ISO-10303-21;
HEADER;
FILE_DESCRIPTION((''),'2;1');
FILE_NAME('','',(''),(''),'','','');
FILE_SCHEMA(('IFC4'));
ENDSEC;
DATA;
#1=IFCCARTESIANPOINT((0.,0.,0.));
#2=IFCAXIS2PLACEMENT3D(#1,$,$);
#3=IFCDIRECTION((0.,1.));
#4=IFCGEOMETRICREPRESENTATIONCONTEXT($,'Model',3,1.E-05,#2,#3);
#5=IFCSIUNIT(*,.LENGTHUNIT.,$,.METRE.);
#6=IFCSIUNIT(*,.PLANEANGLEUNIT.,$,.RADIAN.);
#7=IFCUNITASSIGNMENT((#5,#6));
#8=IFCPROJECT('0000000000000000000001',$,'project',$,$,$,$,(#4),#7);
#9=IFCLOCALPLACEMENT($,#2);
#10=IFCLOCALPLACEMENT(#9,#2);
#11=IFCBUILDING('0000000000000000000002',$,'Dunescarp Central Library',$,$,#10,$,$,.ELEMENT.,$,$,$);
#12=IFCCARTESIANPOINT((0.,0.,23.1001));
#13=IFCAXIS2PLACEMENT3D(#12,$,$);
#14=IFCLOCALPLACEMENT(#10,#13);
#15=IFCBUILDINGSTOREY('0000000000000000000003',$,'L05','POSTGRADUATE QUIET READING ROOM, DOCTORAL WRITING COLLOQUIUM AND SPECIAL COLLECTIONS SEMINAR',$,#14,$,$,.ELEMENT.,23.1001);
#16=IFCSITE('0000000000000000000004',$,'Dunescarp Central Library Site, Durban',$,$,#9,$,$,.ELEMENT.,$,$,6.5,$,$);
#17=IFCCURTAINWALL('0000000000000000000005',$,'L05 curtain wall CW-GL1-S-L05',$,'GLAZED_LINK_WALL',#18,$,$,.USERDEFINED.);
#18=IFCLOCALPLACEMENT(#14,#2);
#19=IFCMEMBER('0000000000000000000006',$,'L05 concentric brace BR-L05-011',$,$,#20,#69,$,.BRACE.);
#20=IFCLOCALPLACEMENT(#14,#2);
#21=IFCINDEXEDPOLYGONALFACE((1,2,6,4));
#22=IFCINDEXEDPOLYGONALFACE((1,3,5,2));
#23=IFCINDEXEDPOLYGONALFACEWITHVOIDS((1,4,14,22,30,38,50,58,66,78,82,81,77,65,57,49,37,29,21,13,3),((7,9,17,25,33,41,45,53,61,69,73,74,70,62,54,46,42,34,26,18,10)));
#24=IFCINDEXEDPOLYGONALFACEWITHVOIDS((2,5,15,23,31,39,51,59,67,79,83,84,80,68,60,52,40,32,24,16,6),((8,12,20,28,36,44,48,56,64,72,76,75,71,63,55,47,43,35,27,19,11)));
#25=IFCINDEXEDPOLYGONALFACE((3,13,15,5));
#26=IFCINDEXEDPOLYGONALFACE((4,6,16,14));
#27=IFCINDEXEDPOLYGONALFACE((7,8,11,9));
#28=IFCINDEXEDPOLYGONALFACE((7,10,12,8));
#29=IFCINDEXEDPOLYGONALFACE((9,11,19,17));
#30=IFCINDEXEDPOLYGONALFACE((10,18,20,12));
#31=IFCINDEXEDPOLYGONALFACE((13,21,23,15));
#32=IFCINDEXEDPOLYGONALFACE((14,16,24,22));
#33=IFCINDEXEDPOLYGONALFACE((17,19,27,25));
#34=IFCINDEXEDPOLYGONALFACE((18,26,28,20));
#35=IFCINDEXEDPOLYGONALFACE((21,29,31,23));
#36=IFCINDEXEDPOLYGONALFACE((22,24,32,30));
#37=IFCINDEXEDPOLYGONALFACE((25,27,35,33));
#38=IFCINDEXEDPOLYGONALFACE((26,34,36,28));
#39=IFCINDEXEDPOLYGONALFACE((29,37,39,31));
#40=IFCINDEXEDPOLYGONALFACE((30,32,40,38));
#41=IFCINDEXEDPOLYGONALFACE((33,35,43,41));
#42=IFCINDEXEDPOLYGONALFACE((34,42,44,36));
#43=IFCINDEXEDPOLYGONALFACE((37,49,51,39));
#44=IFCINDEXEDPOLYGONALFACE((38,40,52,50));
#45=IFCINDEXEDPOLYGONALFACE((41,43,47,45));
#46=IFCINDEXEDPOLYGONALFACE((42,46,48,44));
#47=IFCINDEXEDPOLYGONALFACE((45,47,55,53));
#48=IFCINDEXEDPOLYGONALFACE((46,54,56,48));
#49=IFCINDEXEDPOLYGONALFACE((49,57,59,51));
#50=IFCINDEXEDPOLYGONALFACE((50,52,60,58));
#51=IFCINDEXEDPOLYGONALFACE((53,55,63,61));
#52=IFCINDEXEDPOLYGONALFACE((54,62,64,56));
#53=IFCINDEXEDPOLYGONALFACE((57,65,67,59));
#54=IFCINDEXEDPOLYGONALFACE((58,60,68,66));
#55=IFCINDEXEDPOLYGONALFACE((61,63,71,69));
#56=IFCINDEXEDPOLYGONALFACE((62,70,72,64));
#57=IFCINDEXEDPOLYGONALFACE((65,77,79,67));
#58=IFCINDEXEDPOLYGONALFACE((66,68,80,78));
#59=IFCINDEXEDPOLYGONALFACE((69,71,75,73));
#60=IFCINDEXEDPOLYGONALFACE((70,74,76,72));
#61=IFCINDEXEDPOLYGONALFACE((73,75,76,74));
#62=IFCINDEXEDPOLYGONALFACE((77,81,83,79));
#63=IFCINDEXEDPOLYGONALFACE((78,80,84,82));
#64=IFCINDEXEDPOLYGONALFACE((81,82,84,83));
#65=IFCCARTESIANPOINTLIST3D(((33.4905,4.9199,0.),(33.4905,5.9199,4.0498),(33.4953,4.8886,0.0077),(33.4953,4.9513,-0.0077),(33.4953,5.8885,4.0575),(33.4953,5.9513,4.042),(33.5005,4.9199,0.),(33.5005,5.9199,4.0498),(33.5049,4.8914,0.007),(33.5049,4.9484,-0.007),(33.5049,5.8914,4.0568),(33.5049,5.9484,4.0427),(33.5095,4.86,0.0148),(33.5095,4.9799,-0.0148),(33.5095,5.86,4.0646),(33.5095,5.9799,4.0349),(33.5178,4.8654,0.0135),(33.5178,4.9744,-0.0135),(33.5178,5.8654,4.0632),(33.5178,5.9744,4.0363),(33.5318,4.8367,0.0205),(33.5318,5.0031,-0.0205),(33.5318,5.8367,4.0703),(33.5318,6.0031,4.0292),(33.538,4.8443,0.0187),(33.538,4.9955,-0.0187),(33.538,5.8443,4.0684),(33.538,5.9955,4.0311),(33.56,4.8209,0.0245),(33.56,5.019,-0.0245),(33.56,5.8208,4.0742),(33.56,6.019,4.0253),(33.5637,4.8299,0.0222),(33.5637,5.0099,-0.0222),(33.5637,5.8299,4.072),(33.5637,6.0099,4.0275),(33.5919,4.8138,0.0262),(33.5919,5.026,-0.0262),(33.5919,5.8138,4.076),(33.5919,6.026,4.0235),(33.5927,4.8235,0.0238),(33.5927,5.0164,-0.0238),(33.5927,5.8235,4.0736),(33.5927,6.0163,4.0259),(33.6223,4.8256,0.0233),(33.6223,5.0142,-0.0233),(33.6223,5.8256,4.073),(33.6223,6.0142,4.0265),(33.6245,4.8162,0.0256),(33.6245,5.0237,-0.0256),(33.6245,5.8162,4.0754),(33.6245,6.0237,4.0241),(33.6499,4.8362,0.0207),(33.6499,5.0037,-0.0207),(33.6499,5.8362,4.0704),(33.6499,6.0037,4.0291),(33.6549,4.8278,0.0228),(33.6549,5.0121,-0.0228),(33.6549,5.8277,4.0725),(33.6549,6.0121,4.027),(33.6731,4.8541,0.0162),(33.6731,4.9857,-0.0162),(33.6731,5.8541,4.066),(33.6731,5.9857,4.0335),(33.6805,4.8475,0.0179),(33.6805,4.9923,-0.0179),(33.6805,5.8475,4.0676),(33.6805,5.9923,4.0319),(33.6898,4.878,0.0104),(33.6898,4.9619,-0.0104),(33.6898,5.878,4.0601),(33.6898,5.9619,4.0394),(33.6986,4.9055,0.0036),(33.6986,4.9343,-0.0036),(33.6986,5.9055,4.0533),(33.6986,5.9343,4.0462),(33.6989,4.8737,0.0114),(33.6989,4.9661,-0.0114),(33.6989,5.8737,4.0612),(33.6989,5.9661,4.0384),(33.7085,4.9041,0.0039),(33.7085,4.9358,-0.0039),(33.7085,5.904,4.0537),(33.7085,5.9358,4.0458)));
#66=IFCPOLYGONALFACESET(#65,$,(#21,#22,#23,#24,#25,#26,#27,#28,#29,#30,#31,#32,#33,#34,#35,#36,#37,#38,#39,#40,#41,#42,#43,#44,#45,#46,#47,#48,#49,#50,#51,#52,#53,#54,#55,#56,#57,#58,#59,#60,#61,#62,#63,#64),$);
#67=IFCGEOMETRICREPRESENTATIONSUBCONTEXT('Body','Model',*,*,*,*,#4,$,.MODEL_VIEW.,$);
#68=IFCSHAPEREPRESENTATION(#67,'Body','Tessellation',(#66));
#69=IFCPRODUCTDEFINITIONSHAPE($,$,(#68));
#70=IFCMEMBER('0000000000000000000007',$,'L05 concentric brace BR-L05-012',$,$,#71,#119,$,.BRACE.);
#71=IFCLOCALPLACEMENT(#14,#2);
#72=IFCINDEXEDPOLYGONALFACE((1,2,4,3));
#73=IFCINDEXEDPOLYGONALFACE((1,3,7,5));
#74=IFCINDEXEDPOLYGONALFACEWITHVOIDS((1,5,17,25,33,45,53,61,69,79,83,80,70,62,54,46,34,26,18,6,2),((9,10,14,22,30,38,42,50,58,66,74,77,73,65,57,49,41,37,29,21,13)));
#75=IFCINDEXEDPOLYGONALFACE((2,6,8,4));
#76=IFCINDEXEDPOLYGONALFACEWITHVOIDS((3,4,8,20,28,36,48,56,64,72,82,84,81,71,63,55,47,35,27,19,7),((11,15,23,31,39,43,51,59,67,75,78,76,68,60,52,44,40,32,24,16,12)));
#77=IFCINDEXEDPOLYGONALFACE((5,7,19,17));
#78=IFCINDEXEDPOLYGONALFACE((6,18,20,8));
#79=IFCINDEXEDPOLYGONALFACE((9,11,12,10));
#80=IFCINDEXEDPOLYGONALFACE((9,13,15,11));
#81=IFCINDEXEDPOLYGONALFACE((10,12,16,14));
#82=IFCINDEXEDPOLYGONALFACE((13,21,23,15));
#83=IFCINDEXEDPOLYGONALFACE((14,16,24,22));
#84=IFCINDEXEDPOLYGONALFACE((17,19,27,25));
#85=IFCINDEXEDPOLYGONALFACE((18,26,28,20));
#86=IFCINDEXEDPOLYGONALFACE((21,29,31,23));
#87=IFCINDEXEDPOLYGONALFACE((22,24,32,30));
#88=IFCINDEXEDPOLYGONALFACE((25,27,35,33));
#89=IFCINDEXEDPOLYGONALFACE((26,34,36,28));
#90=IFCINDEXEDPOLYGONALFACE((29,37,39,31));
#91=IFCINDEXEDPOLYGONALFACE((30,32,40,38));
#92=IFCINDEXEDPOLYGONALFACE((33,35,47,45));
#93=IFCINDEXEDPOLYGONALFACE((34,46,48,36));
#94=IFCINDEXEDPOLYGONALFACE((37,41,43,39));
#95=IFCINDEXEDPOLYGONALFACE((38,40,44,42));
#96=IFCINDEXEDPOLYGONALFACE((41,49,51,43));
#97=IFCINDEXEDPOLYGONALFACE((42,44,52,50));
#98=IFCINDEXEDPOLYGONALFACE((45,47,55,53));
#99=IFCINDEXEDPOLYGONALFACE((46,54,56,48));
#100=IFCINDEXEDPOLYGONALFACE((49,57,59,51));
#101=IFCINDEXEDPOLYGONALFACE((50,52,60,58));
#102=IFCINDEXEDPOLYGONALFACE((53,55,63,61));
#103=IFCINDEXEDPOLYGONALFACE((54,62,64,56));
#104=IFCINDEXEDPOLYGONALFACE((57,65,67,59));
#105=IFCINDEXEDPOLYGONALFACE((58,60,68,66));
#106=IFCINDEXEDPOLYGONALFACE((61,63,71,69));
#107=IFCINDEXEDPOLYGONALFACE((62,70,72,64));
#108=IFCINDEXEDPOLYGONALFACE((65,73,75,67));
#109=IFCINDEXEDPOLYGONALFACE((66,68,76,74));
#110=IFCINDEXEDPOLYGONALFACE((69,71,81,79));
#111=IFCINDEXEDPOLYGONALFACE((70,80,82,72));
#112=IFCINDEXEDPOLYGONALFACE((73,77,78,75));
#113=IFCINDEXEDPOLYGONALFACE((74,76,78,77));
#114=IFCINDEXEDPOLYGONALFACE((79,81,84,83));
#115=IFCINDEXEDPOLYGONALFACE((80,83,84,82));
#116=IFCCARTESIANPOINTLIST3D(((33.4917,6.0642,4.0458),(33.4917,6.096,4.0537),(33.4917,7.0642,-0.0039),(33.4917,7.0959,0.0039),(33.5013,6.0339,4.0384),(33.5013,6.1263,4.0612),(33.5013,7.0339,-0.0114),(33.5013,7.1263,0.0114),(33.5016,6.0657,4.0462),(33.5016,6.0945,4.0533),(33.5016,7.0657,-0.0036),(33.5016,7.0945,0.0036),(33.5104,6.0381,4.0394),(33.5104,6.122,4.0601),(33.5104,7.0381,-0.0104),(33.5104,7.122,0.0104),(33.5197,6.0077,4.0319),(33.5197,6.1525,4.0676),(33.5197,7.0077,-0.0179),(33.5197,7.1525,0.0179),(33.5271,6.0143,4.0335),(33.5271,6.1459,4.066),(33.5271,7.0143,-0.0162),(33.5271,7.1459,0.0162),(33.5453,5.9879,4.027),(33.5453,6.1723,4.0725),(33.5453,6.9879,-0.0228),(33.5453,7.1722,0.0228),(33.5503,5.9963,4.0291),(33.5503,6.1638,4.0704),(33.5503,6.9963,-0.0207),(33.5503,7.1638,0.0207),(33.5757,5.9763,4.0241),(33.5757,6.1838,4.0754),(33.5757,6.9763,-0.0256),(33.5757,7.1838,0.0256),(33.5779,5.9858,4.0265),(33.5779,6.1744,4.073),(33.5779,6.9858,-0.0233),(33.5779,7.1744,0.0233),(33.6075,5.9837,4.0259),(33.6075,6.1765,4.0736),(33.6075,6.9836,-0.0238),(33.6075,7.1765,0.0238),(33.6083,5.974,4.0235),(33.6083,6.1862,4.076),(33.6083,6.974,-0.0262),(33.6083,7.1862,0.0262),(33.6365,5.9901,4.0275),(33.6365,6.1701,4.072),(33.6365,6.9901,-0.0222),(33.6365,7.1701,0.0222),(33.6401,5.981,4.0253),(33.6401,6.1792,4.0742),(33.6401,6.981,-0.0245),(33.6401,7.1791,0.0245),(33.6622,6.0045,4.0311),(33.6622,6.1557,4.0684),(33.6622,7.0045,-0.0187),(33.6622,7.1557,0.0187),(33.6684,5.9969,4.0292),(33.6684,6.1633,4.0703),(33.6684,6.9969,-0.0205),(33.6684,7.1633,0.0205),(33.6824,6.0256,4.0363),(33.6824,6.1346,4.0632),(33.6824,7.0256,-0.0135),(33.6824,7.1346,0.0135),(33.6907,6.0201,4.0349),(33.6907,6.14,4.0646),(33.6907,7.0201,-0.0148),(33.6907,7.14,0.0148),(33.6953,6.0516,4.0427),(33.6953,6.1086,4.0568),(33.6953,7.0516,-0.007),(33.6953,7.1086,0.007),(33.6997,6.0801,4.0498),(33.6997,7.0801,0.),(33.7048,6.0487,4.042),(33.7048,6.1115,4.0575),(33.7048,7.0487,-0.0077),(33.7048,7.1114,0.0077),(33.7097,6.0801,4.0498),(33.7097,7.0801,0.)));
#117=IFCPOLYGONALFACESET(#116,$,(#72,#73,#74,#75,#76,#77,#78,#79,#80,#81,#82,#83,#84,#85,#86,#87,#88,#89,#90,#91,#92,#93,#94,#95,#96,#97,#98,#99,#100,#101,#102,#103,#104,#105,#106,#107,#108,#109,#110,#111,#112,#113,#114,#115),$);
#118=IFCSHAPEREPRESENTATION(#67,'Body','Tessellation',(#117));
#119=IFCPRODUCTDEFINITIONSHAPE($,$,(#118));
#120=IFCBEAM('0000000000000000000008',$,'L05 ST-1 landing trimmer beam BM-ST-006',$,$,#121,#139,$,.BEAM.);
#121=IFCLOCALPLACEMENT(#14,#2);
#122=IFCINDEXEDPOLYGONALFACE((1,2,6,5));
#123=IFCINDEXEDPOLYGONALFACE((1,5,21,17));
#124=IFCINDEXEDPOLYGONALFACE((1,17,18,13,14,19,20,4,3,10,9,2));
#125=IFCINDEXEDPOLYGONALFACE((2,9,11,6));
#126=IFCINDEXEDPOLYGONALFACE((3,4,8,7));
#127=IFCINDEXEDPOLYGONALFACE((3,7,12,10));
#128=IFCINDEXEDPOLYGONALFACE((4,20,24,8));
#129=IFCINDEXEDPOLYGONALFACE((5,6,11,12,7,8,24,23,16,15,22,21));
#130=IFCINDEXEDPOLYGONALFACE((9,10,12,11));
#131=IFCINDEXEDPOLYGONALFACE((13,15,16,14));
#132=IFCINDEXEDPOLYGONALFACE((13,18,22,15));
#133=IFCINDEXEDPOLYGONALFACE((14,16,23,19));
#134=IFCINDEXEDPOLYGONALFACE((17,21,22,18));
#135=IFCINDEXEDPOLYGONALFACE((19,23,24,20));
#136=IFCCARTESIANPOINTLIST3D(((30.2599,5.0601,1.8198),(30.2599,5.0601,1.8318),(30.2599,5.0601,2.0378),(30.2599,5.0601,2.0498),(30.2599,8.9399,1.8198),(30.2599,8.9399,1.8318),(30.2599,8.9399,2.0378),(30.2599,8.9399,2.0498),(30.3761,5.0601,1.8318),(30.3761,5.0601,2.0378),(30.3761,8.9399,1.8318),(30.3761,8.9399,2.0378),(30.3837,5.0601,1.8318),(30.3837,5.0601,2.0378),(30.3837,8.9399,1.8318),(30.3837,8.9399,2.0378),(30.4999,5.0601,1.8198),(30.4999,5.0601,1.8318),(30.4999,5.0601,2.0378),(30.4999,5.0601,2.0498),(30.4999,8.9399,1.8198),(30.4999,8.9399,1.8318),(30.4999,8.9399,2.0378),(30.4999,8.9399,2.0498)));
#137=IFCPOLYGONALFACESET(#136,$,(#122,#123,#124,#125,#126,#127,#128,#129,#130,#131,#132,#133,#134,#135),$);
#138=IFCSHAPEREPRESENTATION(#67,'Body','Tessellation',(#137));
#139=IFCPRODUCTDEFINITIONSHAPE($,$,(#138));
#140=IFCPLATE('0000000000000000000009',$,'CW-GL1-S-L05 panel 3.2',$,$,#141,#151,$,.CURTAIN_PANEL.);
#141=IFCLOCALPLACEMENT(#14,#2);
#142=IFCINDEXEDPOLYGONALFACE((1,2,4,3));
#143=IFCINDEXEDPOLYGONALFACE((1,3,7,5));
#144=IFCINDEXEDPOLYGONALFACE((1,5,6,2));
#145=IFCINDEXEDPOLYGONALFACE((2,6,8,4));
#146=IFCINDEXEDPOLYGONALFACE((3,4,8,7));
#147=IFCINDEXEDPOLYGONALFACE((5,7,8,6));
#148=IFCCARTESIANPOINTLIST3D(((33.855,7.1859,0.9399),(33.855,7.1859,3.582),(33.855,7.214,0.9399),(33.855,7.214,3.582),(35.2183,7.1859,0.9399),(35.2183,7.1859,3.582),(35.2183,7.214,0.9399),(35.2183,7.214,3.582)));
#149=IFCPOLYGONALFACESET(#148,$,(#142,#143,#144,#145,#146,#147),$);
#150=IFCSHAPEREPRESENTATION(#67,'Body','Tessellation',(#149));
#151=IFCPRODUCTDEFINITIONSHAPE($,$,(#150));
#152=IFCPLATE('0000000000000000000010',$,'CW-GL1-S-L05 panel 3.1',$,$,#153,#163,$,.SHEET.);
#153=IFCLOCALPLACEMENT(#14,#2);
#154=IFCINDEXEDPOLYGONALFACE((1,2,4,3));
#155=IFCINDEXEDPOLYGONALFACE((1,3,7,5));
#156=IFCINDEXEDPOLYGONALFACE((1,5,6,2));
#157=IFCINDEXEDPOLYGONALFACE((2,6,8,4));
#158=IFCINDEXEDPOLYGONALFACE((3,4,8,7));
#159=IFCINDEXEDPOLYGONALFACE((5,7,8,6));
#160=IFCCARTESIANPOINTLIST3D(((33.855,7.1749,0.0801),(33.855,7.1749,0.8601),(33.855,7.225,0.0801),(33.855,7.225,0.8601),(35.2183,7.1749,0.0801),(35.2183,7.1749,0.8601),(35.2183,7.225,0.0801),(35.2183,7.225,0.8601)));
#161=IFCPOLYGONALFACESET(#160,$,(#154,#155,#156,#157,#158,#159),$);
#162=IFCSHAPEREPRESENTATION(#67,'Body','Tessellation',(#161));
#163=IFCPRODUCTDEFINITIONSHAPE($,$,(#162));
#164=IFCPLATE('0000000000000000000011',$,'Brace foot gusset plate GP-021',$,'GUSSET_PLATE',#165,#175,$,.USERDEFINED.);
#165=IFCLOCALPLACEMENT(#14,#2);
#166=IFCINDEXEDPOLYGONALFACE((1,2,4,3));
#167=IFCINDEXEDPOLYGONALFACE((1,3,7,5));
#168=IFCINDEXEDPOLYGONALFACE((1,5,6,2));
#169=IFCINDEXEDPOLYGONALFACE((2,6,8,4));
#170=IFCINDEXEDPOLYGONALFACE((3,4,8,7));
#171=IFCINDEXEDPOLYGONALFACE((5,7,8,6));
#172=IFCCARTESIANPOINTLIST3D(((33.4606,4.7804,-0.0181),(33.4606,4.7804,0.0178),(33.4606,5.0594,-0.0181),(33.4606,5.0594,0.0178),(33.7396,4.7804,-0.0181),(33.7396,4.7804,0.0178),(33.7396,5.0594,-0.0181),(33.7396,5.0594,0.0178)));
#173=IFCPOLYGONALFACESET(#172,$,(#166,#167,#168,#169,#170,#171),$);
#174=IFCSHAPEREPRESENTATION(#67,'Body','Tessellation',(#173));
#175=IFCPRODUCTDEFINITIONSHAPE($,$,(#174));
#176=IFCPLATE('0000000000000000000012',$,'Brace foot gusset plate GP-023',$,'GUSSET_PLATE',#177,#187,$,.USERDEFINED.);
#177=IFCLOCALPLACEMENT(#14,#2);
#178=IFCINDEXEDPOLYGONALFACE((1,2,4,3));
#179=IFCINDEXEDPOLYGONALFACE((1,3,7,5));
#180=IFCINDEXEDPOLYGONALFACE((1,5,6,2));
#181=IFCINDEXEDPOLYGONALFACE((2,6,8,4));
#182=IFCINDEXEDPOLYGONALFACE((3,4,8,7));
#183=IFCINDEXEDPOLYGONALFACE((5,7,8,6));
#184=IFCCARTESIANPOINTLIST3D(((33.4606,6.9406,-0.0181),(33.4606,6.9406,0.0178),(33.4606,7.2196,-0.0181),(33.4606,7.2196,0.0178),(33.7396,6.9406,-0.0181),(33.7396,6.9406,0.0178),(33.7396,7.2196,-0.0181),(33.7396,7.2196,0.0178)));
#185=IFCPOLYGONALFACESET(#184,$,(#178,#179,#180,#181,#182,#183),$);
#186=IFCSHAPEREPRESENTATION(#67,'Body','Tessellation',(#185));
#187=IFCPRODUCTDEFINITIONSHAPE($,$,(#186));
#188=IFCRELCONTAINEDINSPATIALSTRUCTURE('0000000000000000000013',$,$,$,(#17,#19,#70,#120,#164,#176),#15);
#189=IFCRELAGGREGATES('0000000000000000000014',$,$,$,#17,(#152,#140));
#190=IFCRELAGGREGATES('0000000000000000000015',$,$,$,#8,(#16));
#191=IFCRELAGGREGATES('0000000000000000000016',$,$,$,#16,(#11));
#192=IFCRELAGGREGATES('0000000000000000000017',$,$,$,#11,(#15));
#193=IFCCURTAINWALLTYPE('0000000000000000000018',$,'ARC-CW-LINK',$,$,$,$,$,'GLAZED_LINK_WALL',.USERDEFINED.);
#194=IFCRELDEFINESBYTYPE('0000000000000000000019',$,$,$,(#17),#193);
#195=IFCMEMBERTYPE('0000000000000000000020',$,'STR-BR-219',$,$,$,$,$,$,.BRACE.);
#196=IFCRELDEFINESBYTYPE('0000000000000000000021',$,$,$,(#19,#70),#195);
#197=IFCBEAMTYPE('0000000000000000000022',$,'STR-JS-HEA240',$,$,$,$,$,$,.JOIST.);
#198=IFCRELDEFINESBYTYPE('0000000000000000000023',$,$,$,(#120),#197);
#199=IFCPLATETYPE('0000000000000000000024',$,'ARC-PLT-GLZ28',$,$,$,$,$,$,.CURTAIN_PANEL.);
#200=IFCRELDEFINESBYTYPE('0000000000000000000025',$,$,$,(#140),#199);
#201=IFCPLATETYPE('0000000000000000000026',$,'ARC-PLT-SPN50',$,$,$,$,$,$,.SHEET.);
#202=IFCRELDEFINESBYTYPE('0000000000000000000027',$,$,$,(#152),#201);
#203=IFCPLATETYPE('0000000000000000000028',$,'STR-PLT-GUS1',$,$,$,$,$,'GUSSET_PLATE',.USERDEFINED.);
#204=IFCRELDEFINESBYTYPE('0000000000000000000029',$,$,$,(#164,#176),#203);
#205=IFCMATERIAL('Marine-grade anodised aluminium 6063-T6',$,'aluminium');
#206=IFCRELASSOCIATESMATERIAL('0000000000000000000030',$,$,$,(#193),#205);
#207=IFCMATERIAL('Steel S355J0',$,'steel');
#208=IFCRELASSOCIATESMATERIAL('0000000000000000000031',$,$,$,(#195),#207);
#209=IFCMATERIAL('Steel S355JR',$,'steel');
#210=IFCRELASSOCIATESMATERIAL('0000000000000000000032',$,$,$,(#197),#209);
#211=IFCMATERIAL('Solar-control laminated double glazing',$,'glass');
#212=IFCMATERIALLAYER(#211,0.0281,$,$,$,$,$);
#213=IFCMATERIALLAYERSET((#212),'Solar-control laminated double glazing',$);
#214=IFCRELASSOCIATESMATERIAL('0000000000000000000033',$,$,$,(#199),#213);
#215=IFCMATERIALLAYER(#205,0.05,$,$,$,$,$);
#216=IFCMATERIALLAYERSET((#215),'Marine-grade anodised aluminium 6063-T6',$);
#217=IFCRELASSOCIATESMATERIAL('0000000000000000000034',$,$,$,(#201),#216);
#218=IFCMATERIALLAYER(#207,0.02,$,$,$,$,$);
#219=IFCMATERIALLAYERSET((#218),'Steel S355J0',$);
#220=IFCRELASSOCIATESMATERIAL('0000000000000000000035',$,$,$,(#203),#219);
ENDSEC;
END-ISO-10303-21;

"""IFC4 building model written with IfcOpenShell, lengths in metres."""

from ifc_helpers import new_model, si_unit, direction, frame, origin, origin_2d, place, context, subcontext, project, spatial, rectangle, hollow_circle, i_section, extrude, material, layer, layer_set, material_profile, profile_set, type_object, element, aggregate, save


model = new_model("IFC4")

# Units and contexts
model_context = context("Model", 3, precision=1e-05, world=origin(), true_north=direction((0.0, 1.0)))
body_context = subcontext(model_context, "Body", "Model", "MODEL_VIEW")
ifc_project = project(units=[si_unit("LENGTHUNIT", "METRE"), si_unit("PLANEANGLEUNIT", "RADIAN")], contexts=[model_context])

# Site, building, storey
site_placement = place(None, origin())
site = spatial("IfcSite", under=ifc_project, at=site_placement, Name="Dunescarp Central Library Site, Durban", CompositionType="ELEMENT", RefElevation=6.5)
building_placement = place(site_placement, origin())
building = spatial("IfcBuilding", under=site, at=building_placement, Name="Dunescarp Central Library", CompositionType="ELEMENT")
storey_placement = place(building_placement, frame((0.0, 0.0, 23.1001)))
storey = spatial("IfcBuildingStorey", under=building, at=storey_placement, Name="L05", Description="POSTGRADUATE QUIET READING ROOM, DOCTORAL WRITING COLLOQUIUM AND SPECIAL COLLECTIONS SEMINAR", CompositionType="ELEMENT", Elevation=23.1001)

# Shared definitions
ifc_material_1 = material(Name="Steel S355JR", Category="steel")

# Curtain wall
ifc_material_2 = material(Name="Marine-grade anodised aluminium 6063-T6", Category="aluminium")
curtain_wall_type = type_object("IfcCurtainWallType", Name="ARC-CW-LINK", ElementType="GLAZED_LINK_WALL", PredefinedType="USERDEFINED", material=ifc_material_2)
curtain_wall_placement = place(storey_placement, origin())
curtain_wall = element("IfcCurtainWall", 1, at=curtain_wall_placement, inside=storey, type_object=curtain_wall_type, Name="L05 curtain wall CW-GL1-S-L05", ObjectType="GLAZED_LINK_WALL", PredefinedType="USERDEFINED")

# Members
ifc_material_3 = material(Name="Steel S355J0", Category="steel")
ifc_material_profile_1 = material_profile(ifc_material_3, hollow_circle(Radius=0.1096, WallThickness=0.01, at=origin_2d()), Name="CHS 219.1x10")
ifc_profile_set_1 = profile_set([ifc_material_profile_1], Name="Steel S355J0")
member_type_1 = type_object("IfcMemberType", Name="STR-BR-219", PredefinedType="BRACE", material=ifc_profile_set_1)
for number, where, z_axis, x_axis, name in (
    (2, (33.6001, 4.9199, 0.0), (0.0, 0.239725, 0.970841), (-1.0, 0.0, 0.0), "L05 concentric brace BR-L05-011"),
    (3, (33.6001, 7.0801, 0.0), (0.0, -0.239725, 0.970841), (1.0, 0.0, 0.0), "L05 concentric brace BR-L05-012"),
):
    element("IfcMember", number, at=place(storey_placement, frame(where, z_axis=z_axis, x_axis=x_axis)), inside=storey, type_object=member_type_1, Name=name, PredefinedType="BRACE", context=body_context, shape_type="SweptSolid", body=[
        extrude(hollow_circle(Radius=0.1096, WallThickness=0.01, at=origin_2d()), origin(), (0.0, 0.0, 1.0), 4.1714),
    ])

# Beam
ifc_material_profile_2 = material_profile(ifc_material_1, i_section(OverallWidth=0.24, OverallDepth=0.23, WebThickness=0.0076, FlangeThickness=0.012, at=origin_2d()), Name="HEA 240")
ifc_profile_set_2 = profile_set([ifc_material_profile_2], Name="Steel S355JR")
beam_type_1 = type_object("IfcBeamType", Name="STR-JS-HEA240", PredefinedType="JOIST", material=ifc_profile_set_2)
beam_1_placement = place(storey_placement, frame((30.3799, 5.0601, 1.9348), z_axis=(0.0, 1.0, 0.0), x_axis=(-1.0, 0.0, 0.0)))
element("IfcBeam", 4, at=beam_1_placement, inside=storey, type_object=beam_type_1, Name="L05 ST-1 landing trimmer beam BM-ST-006", PredefinedType="BEAM", context=body_context, shape_type="SweptSolid", body=[
    extrude(i_section(OverallWidth=0.24, OverallDepth=0.23, WebThickness=0.0076, FlangeThickness=0.012, at=origin_2d()), origin(), (0.0, 0.0, 1.0), 3.8799),
])

# Plates
ifc_material_4 = material(Name="Solar-control laminated double glazing", Category="glass")
ifc_layer_1 = layer(ifc_material_4, 0.0281)
ifc_layer_set_1 = layer_set([ifc_layer_1], Name="Solar-control laminated double glazing")
plate_type_1 = type_object("IfcPlateType", Name="ARC-PLT-GLZ28", PredefinedType="CURTAIN_PANEL", material=ifc_layer_set_1)
plate_1_placement = place(storey_placement, frame((34.5366, 7.2, 0.9399), z_axis=(0.0, 0.0, 1.0), x_axis=(-1.0, 0.0, 0.0)))
plate_1 = element("IfcPlate", 5, at=plate_1_placement, type_object=plate_type_1, Name="CW-GL1-S-L05 panel 3.2", PredefinedType="CURTAIN_PANEL", context=body_context, shape_type="SweptSolid", body=[
    extrude(rectangle(XDim=1.3633, YDim=0.0281, at=origin_2d()), origin(), (0.0, 0.0, 1.0), 2.6421),
])
ifc_layer_2 = layer(ifc_material_2, 0.05)
ifc_layer_set_2 = layer_set([ifc_layer_2], Name="Marine-grade anodised aluminium 6063-T6")
plate_type_2 = type_object("IfcPlateType", Name="ARC-PLT-SPN50", PredefinedType="SHEET", material=ifc_layer_set_2)
plate_2_placement = place(storey_placement, frame((34.5366, 7.2, 0.0801), z_axis=(0.0, 0.0, 1.0), x_axis=(-1.0, 0.0, 0.0)))
plate_2 = element("IfcPlate", 6, at=plate_2_placement, type_object=plate_type_2, Name="CW-GL1-S-L05 panel 3.1", PredefinedType="SHEET", context=body_context, shape_type="SweptSolid", body=[
    extrude(rectangle(XDim=1.3633, YDim=0.05, at=origin_2d()), origin(), (0.0, 0.0, 1.0), 0.78),
])
aggregate(curtain_wall, [plate_2, plate_1])

# Plates
ifc_layer_3 = layer(ifc_material_3, 0.02)
ifc_layer_set_3 = layer_set([ifc_layer_3], Name="Steel S355J0")
plate_type_3 = type_object("IfcPlateType", Name="STR-PLT-GUS1", ElementType="GUSSET_PLATE", PredefinedType="USERDEFINED", material=ifc_layer_set_3)
for number, where, z_axis, x_axis, name in (
    (7, (33.6001, 4.9199, -0.0181), (0.0, 0.0, 1.0), (1.0, 0.0, 0.0), "Brace foot gusset plate GP-021"),
    (8, (33.6001, 7.0801, -0.0181), (0.0, 0.0, 1.0), (1.0, 0.0, 0.0), "Brace foot gusset plate GP-023"),
):
    element("IfcPlate", number, at=place(storey_placement, frame(where, z_axis=z_axis, x_axis=x_axis)), inside=storey, type_object=plate_type_3, Name=name, ObjectType="GUSSET_PLATE", PredefinedType="USERDEFINED", context=body_context, shape_type="SweptSolid", body=[
        extrude(rectangle(XDim=0.2791, YDim=0.2791, at=origin_2d()), origin(), (0.0, 0.0, 1.0), 0.0359),
    ])

save(model, "model.ifc")
